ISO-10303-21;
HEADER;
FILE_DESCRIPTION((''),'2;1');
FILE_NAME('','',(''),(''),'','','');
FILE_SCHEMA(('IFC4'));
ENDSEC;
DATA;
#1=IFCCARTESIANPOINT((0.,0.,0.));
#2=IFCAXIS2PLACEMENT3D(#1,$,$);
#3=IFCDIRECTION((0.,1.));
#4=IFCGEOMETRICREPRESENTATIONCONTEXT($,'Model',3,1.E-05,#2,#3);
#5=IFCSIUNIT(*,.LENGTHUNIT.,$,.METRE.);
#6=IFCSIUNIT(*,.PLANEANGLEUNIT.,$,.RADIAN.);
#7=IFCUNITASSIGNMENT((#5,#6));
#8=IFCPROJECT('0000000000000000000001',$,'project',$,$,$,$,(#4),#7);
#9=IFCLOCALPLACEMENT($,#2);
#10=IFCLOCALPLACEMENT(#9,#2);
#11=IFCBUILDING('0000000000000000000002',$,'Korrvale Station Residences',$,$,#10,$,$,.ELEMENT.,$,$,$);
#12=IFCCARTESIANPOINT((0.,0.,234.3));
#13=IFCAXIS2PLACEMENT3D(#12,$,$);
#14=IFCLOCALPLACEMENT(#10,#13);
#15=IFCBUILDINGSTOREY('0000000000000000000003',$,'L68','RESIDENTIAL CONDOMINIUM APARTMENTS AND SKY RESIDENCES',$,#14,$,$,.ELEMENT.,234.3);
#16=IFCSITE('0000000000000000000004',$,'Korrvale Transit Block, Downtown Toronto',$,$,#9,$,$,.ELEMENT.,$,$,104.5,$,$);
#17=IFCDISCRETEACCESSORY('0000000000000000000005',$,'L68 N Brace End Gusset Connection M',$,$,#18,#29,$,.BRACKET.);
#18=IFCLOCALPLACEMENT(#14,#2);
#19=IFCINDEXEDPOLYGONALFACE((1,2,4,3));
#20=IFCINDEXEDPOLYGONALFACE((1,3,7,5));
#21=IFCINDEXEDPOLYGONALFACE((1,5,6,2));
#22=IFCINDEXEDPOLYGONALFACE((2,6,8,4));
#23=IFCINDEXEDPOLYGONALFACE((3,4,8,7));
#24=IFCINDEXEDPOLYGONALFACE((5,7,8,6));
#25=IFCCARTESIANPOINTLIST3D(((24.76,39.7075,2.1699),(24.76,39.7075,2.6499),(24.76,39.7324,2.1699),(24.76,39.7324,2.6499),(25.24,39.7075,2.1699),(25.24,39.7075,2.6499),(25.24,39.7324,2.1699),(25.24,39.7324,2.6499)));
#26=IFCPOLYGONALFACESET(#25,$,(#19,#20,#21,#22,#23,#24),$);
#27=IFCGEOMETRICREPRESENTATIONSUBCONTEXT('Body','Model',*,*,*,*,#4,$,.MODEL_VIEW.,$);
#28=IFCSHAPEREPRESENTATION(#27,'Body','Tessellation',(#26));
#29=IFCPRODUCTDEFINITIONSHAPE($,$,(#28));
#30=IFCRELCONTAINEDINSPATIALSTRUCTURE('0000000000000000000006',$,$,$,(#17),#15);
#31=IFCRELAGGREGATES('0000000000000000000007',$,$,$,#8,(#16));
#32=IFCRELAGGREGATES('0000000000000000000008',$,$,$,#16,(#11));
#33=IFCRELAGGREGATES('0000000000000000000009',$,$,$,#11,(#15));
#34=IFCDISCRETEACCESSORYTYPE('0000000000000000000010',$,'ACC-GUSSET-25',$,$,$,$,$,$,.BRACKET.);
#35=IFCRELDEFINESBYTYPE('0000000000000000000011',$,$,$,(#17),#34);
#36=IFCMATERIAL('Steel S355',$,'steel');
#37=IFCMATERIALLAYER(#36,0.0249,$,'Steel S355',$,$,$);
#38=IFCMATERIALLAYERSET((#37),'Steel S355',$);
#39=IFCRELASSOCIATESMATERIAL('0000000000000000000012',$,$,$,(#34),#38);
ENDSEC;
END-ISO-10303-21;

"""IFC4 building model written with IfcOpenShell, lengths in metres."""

from ifc_helpers import new_model, si_unit, direction, frame, origin, origin_2d, place, context, subcontext, project, spatial, rectangle, extrude, material, layer, layer_set, type_object, element, save


model = new_model("IFC4")

# Units and contexts
model_context = context("Model", 3, precision=1e-05, world=origin(), true_north=direction((0.0, 1.0)))
body_context = subcontext(model_context, "Body", "Model", "MODEL_VIEW")
ifc_project = project(units=[si_unit("LENGTHUNIT", "METRE"), si_unit("PLANEANGLEUNIT", "RADIAN")], contexts=[model_context])

# Site, building, storey
site_placement = place(None, origin())
site = spatial("IfcSite", under=ifc_project, at=site_placement, Name="Korrvale Transit Block, Downtown Toronto", CompositionType="ELEMENT", RefElevation=104.5)
building_placement = place(site_placement, origin())
building = spatial("IfcBuilding", under=site, at=building_placement, Name="Korrvale Station Residences", CompositionType="ELEMENT")
storey_placement = place(building_placement, frame((0.0, 0.0, 234.3)))
storey = spatial("IfcBuildingStorey", under=building, at=storey_placement, Name="L68", Description="RESIDENTIAL CONDOMINIUM APARTMENTS AND SKY RESIDENCES", CompositionType="ELEMENT", Elevation=234.3)

# Shared definitions
ifc_material_1 = material(Name="Steel S355", Category="steel")

# Discrete accessory
ifc_layer_1 = layer(ifc_material_1, 0.0249, Name="Steel S355")
ifc_layer_set_1 = layer_set([ifc_layer_1], Name="Steel S355")
discrete_accessory_type = type_object("IfcDiscreteAccessoryType", Name="ACC-GUSSET-25", PredefinedType="BRACKET", material=ifc_layer_set_1)
for number, where, z_axis, x_axis, name in (
    (1, (25.0, 39.72, 2.1699), (0.0, 0.0, 1.0), (1.0, 0.0, 0.0), "L68 N Brace End Gusset Connection M"),
):
    element("IfcDiscreteAccessory", number, at=place(storey_placement, frame(where, z_axis=z_axis, x_axis=x_axis)), inside=storey, type_object=discrete_accessory_type, Name=name, PredefinedType="BRACKET", context=body_context, shape_type="SweptSolid", body=[
        extrude(rectangle(XDim=0.48, YDim=0.0249, at=origin_2d()), origin(), (0.0, 0.0, 1.0), 0.48),
    ])

save(model, "model.ifc")
